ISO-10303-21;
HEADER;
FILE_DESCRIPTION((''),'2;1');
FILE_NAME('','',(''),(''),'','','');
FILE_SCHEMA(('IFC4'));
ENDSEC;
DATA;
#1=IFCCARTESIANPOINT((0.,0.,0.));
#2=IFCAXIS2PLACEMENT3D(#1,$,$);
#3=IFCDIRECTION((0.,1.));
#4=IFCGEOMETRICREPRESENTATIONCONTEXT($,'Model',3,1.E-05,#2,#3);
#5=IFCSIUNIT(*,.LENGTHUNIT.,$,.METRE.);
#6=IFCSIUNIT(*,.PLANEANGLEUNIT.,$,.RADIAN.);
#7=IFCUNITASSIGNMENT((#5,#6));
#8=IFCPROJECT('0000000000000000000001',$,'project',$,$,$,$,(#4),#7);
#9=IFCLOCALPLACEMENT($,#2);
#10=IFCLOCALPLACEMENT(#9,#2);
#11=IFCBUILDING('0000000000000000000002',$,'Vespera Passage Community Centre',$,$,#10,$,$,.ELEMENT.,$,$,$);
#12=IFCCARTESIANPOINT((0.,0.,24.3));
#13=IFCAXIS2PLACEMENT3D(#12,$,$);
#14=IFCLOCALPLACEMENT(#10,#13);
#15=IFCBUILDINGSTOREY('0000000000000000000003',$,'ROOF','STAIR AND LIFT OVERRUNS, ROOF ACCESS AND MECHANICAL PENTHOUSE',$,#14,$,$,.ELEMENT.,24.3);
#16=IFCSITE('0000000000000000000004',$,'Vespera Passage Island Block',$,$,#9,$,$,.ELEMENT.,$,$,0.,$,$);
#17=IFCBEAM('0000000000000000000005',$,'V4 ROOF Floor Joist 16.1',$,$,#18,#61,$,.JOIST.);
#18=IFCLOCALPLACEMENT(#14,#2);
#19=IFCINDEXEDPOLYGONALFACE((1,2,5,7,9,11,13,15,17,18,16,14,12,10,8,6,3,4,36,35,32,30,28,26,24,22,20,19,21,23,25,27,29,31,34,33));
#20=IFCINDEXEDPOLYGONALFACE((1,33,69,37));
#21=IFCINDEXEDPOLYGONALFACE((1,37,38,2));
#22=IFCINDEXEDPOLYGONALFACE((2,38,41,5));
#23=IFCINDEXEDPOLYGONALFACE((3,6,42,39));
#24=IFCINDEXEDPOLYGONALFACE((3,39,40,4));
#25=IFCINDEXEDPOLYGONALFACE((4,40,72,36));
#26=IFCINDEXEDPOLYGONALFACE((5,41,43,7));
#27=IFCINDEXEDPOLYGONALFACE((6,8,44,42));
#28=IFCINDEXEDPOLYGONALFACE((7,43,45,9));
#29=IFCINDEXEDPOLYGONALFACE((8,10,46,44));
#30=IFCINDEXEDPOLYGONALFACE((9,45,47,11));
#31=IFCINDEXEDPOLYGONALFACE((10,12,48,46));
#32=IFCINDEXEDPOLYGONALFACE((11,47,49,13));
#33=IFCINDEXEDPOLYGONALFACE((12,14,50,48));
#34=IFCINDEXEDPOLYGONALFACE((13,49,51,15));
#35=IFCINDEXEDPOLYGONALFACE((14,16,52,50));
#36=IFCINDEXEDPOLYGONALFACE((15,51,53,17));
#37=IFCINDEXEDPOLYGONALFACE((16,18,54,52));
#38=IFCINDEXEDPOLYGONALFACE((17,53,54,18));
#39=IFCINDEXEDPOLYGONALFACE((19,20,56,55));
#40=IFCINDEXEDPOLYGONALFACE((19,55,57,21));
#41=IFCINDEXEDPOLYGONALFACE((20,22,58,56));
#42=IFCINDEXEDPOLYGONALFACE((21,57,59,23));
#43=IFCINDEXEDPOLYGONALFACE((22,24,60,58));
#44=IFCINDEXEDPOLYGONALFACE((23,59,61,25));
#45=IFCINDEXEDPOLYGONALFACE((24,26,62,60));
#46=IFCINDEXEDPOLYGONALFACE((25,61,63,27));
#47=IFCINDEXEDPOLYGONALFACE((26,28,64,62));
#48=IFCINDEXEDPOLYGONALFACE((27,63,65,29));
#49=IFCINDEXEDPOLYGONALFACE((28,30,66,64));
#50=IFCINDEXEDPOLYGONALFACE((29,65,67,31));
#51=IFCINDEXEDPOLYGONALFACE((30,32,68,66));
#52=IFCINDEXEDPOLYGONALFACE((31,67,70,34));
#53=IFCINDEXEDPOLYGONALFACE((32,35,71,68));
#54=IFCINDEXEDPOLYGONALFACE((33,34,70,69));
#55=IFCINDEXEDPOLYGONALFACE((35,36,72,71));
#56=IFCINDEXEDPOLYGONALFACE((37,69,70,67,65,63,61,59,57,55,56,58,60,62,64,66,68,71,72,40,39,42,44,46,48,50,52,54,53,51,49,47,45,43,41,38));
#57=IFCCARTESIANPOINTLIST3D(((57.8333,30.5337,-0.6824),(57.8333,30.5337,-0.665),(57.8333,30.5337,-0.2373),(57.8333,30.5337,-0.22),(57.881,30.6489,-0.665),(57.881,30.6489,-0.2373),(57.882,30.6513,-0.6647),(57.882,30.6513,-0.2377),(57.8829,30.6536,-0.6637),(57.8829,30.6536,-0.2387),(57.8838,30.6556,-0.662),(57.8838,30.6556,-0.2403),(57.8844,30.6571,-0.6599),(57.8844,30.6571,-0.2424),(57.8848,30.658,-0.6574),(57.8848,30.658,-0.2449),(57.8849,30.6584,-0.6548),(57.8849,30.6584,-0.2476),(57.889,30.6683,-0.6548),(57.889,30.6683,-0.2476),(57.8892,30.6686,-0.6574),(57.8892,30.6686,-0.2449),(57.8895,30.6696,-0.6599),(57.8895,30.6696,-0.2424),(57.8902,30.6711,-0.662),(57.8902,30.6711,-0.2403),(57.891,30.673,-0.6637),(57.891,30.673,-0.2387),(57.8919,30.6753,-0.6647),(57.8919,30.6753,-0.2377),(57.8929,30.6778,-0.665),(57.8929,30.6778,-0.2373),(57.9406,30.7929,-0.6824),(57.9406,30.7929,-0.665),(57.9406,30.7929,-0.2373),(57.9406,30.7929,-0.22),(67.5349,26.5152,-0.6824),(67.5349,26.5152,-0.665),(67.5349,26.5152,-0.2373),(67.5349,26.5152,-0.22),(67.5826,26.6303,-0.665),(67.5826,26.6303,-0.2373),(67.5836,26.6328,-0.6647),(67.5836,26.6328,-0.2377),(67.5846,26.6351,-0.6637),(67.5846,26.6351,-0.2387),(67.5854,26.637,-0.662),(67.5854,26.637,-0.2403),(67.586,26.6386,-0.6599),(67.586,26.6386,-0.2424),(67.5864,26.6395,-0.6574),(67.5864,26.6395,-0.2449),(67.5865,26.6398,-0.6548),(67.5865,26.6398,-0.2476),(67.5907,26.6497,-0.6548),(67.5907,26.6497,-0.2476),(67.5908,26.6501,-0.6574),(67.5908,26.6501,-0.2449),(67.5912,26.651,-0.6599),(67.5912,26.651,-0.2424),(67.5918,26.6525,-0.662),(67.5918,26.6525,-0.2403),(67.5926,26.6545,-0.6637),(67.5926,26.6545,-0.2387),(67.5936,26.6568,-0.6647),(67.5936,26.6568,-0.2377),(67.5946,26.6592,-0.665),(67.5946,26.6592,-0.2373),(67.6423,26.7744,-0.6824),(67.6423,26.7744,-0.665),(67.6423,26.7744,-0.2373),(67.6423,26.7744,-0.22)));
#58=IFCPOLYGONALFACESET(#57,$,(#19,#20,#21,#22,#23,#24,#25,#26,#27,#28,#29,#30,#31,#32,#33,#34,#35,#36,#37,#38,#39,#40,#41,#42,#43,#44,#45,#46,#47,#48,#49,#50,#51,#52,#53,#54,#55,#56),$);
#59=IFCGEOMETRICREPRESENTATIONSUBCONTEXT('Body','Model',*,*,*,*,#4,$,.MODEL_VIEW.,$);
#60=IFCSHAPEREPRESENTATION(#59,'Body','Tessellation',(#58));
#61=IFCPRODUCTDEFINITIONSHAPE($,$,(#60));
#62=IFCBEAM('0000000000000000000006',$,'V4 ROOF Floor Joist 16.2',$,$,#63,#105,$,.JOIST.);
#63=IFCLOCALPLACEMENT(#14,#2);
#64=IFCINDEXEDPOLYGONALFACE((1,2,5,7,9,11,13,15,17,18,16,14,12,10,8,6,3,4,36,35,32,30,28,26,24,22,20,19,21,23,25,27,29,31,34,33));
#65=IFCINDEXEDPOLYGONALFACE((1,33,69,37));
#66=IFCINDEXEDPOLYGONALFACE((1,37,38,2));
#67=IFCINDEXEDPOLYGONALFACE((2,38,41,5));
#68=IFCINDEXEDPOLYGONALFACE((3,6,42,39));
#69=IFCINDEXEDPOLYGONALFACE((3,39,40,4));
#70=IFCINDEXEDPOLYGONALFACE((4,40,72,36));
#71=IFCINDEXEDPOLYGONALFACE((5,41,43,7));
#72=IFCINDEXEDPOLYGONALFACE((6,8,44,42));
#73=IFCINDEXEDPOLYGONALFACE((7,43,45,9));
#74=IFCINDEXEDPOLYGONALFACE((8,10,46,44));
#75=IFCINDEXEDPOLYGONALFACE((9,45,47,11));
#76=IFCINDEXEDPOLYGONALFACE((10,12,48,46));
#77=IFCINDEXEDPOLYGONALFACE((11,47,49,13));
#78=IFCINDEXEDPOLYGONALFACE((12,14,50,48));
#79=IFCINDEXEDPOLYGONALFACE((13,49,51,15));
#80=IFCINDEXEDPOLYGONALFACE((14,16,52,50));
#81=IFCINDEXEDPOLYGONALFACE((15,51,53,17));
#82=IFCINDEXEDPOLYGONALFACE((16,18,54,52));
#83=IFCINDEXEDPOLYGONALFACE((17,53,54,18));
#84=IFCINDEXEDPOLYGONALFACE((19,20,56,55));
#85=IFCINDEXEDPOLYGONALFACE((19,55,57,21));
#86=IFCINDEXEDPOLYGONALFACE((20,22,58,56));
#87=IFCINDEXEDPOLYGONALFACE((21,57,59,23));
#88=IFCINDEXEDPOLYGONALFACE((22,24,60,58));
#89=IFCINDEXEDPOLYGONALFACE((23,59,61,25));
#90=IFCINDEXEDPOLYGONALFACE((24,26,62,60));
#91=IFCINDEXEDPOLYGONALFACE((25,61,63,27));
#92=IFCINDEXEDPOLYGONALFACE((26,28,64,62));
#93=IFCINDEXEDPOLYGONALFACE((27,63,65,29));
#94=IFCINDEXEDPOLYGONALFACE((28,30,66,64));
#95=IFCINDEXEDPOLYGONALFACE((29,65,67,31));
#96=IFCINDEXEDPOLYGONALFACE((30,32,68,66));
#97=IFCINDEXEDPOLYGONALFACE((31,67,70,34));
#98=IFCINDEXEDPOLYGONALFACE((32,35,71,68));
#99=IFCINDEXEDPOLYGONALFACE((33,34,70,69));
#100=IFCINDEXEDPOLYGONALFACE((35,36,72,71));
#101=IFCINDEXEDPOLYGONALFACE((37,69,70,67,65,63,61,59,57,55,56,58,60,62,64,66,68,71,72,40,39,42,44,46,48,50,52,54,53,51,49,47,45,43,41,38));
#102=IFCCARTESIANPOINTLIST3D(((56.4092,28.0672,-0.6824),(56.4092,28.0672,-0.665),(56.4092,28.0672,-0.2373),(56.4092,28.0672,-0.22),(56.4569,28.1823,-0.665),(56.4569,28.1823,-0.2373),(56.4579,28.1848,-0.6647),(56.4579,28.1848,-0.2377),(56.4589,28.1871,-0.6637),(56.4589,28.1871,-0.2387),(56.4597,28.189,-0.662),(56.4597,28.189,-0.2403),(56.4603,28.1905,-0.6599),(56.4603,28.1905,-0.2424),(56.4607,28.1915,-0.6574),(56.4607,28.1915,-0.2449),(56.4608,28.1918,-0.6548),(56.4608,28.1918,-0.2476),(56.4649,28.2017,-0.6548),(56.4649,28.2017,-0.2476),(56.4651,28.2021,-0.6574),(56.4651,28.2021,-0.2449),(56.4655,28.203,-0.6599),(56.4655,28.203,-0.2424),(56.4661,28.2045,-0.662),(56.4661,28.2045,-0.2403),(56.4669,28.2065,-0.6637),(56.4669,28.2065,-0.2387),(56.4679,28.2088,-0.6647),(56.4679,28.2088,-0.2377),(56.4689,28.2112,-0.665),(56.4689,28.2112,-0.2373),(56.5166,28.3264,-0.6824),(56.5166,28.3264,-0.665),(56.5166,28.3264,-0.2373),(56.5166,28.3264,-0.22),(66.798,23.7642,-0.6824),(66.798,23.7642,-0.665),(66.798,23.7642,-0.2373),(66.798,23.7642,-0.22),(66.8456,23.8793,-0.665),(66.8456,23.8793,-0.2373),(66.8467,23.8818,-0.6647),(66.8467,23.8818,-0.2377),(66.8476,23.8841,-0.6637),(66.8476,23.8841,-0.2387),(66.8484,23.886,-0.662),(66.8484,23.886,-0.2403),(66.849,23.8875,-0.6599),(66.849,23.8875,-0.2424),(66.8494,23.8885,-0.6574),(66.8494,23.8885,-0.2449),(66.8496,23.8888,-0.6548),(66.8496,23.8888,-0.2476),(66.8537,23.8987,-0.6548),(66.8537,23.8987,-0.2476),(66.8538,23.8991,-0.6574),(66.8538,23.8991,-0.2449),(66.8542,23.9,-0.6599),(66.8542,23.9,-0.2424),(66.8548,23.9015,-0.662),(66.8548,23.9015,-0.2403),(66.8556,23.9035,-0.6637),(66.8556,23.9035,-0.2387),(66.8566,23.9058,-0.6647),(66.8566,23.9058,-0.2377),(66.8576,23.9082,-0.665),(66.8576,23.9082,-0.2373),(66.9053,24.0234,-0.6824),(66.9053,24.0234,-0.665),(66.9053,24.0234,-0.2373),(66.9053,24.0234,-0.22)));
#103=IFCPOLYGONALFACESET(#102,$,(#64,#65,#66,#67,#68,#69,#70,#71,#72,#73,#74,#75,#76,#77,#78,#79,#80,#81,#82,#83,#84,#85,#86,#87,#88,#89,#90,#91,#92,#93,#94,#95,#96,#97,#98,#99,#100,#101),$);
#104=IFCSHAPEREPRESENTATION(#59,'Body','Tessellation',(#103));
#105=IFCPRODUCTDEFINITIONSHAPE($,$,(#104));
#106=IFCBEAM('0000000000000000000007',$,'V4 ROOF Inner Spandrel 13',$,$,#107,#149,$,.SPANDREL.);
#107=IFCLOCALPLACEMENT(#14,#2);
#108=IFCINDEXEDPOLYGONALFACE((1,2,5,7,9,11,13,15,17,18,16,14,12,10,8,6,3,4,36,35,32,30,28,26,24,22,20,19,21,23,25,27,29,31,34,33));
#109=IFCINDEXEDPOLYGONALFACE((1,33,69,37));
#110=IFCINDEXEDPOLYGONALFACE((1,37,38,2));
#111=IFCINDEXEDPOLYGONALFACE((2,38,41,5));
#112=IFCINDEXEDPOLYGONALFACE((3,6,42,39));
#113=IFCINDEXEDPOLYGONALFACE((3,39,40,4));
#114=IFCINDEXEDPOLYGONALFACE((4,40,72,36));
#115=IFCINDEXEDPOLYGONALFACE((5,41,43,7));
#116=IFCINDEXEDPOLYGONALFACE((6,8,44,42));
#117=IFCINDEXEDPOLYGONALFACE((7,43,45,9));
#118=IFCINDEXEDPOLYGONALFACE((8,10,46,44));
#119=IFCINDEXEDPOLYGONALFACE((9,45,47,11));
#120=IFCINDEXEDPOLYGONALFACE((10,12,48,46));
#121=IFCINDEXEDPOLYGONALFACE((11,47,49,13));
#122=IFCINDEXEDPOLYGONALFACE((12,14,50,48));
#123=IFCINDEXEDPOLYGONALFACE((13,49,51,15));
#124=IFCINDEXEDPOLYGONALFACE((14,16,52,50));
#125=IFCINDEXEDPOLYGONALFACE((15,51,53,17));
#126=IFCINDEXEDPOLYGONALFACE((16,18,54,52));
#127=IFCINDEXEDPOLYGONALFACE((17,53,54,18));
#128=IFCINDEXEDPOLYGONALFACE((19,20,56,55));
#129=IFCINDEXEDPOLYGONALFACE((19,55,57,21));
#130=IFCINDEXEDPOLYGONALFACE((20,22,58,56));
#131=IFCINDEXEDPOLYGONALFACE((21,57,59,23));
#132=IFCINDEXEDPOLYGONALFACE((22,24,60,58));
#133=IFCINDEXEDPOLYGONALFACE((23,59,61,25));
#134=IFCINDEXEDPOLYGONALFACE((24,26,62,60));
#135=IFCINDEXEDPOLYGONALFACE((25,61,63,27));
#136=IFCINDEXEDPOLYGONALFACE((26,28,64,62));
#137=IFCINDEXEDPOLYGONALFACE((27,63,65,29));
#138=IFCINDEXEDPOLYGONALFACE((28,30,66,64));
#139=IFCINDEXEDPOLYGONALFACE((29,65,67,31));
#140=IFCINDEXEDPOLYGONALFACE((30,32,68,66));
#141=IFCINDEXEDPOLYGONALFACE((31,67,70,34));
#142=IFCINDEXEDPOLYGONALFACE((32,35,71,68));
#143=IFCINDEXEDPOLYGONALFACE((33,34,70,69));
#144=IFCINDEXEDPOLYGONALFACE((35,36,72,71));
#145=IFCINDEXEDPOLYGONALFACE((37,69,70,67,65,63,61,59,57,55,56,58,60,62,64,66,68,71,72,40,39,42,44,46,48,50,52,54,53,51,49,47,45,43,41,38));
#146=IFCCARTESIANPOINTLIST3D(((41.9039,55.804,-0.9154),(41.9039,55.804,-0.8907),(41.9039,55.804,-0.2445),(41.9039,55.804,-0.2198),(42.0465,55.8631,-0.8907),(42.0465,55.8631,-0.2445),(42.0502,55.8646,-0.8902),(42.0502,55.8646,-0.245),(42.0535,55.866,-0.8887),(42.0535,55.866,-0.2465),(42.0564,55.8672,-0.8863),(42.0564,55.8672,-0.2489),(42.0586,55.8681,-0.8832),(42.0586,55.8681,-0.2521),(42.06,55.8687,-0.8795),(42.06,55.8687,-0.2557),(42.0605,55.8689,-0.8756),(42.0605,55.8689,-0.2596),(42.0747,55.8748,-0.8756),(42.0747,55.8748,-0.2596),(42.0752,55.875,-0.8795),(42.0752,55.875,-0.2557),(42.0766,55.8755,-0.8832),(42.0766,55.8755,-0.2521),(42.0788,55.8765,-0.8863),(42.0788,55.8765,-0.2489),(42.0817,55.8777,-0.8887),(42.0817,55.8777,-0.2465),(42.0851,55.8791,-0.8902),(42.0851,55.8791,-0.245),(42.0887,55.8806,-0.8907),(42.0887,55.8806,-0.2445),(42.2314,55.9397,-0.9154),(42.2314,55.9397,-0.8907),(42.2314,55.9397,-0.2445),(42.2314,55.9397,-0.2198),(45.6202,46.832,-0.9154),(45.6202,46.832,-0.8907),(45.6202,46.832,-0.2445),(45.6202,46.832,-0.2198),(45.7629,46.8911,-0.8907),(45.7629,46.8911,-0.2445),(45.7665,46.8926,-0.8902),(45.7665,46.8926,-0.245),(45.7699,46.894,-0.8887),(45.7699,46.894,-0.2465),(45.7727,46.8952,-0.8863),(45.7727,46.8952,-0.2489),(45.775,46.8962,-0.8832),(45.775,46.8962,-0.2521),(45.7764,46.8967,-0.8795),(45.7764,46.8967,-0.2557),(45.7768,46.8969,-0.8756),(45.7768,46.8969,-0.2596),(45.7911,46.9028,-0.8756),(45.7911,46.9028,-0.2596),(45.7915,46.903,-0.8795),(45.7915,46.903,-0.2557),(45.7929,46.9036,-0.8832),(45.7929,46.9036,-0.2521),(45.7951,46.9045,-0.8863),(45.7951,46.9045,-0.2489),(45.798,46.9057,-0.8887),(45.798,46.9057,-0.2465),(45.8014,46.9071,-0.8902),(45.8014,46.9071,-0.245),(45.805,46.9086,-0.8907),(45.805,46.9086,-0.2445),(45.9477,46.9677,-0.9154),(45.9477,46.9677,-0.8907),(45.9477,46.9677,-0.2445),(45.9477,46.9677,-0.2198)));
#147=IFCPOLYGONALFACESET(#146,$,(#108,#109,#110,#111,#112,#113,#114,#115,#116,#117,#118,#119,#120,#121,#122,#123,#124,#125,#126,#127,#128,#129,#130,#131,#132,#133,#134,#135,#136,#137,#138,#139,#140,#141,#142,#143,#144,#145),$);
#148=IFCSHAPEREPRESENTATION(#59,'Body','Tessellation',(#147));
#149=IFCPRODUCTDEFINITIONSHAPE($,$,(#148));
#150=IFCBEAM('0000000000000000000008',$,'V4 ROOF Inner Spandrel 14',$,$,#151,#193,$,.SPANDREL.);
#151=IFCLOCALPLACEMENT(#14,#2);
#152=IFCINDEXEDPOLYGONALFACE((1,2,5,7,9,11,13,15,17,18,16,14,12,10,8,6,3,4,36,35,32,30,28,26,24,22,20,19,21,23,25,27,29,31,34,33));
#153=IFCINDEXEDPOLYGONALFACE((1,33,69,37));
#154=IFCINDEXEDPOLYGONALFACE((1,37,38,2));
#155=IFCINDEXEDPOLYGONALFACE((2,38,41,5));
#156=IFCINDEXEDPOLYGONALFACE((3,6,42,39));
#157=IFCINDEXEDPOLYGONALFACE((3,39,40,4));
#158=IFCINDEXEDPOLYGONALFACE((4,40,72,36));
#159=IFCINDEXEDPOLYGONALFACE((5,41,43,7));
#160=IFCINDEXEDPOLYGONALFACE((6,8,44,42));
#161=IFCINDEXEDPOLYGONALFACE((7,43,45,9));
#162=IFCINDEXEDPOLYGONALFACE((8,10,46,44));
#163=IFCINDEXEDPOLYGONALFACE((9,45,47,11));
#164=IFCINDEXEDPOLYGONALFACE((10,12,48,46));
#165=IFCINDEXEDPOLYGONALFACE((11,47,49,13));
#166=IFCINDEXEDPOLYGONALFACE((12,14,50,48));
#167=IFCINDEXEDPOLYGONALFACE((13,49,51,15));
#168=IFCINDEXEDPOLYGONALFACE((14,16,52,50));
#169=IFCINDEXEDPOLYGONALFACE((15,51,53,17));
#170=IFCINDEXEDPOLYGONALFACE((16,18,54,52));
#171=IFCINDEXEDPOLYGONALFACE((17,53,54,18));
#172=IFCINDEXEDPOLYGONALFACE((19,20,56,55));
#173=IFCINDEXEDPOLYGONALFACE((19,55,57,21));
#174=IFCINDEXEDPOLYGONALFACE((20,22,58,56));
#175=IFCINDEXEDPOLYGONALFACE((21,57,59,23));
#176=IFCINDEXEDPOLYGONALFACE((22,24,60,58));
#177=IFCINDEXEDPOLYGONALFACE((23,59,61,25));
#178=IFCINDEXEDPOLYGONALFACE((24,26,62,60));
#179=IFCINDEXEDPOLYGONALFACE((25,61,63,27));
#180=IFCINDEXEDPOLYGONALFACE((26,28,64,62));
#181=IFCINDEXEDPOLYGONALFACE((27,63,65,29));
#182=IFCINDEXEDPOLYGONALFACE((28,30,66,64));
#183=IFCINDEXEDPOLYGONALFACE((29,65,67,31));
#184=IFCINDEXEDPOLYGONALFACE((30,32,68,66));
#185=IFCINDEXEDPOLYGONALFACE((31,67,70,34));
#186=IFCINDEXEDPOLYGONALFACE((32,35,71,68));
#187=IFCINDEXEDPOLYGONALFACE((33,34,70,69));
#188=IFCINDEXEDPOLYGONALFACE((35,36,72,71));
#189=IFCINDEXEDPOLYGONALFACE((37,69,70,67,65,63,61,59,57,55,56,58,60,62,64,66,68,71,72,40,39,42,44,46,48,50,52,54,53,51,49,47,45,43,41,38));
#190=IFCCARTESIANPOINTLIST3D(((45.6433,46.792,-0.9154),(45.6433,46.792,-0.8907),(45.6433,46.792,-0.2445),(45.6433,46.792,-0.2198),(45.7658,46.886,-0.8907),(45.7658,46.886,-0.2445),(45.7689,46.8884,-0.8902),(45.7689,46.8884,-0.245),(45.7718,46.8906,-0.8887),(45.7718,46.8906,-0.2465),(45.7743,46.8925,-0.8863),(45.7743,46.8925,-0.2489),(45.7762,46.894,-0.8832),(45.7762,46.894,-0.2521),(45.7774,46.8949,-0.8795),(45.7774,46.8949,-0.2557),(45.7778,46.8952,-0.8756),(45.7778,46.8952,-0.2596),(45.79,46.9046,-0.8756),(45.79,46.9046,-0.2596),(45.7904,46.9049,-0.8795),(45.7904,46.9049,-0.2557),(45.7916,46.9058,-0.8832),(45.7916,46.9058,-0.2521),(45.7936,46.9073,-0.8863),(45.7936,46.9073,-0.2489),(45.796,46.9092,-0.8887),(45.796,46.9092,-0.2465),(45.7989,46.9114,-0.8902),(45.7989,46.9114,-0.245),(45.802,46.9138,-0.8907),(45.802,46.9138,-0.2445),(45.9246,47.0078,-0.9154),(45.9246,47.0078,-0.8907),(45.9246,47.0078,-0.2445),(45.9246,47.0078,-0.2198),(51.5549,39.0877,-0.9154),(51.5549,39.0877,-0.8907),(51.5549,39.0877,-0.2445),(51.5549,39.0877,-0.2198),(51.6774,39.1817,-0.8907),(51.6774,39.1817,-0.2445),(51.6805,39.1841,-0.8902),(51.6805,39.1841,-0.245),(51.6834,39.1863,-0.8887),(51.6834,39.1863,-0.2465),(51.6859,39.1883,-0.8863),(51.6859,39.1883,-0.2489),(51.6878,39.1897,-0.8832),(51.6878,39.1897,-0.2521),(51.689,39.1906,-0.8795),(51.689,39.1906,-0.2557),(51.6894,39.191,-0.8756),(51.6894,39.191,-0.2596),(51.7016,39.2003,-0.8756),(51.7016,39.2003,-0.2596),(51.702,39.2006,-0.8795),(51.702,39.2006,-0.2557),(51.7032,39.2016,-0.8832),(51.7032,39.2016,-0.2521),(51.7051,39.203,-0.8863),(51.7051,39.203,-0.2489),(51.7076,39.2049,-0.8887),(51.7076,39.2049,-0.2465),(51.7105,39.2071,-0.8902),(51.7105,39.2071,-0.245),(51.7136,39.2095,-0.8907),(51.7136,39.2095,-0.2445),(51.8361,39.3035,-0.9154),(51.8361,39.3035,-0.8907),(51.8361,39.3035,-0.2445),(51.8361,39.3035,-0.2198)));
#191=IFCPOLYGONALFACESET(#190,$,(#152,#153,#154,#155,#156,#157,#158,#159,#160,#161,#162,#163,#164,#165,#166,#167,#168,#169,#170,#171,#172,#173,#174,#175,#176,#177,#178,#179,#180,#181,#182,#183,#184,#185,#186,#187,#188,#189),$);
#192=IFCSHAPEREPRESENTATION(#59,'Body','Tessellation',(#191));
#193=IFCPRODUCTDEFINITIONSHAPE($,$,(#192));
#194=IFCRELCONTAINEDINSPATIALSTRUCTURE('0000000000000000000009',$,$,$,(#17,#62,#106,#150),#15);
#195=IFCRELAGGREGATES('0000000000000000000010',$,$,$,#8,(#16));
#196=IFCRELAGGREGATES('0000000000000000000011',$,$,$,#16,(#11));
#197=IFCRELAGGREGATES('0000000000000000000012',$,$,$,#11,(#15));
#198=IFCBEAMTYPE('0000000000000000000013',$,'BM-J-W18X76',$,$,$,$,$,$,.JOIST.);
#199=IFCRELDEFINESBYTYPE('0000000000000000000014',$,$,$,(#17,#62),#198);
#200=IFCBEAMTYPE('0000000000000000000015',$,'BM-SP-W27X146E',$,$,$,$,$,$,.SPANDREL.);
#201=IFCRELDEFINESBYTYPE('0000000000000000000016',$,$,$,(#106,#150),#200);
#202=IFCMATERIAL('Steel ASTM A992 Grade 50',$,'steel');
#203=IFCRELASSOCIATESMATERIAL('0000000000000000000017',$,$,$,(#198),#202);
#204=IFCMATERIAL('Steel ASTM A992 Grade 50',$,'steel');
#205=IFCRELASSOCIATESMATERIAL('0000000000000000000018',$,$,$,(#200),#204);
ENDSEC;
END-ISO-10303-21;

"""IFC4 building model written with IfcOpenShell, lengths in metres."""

from ifc_helpers import new_model, si_unit, direction, frame, origin, origin_2d, place, context, subcontext, project, spatial, i_section, extrude, material, material_profile, profile_set, type_object, element, save


model = new_model("IFC4")

# Units and contexts
model_context = context("Model", 3, precision=1e-05, world=origin(), true_north=direction((0.0, 1.0)))
body_context = subcontext(model_context, "Body", "Model", "MODEL_VIEW")
ifc_project = project(units=[si_unit("LENGTHUNIT", "METRE"), si_unit("PLANEANGLEUNIT", "RADIAN")], contexts=[model_context])

# Site, building, storey
site_placement = place(None, origin())
site = spatial("IfcSite", under=ifc_project, at=site_placement, Name="Vespera Passage Island Block", CompositionType="ELEMENT", RefElevation=0.0)
building_placement = place(site_placement, origin())
building = spatial("IfcBuilding", under=site, at=building_placement, Name="Vespera Passage Community Centre", CompositionType="ELEMENT")
storey_placement = place(building_placement, frame((0.0, 0.0, 24.3)))
storey = spatial("IfcBuildingStorey", under=building, at=storey_placement, Name="ROOF", Description="STAIR AND LIFT OVERRUNS, ROOF ACCESS AND MECHANICAL PENTHOUSE", CompositionType="ELEMENT", Elevation=24.3)

# Beams
ifc_material_1 = material(Name="Steel ASTM A992 Grade 50", Category="steel")
ifc_material_profile_1 = material_profile(ifc_material_1, i_section(OverallWidth=0.2805, OverallDepth=0.4624, WebThickness=0.0107, FlangeThickness=0.0173, FilletRadius=0.0103, at=origin_2d()), Name="W18X76")
ifc_profile_set_1 = profile_set([ifc_material_profile_1], Name="Steel ASTM A992 Grade 50")
beam_type_1 = type_object("IfcBeamType", Name="BM-J-W18X76", PredefinedType="JOIST", material=ifc_profile_set_1)
beam_1_placement = place(storey_placement, frame((57.887, 30.6633, -0.4512), z_axis=(0.92388, -0.382683, 0.0), x_axis=(0.382683, 0.92388, 0.0)))
element("IfcBeam", 1, at=beam_1_placement, inside=storey, type_object=beam_type_1, Name="V4 ROOF Floor Joist 16.1", PredefinedType="JOIST", context=body_context, shape_type="SweptSolid", body=[
    extrude(i_section(OverallWidth=0.2805, OverallDepth=0.4624, WebThickness=0.0107, FlangeThickness=0.0173, FilletRadius=0.0103, at=origin_2d()), origin(), (0.0, 0.0, 1.0), 10.501),
])
beam_2_placement = place(storey_placement, frame((56.4629, 28.1968, -0.4512), z_axis=(0.923884, -0.382672, 0.0), x_axis=(0.382672, 0.923884, 0.0)))
element("IfcBeam", 2, at=beam_2_placement, inside=storey, type_object=beam_type_1, Name="V4 ROOF Floor Joist 16.2", PredefinedType="JOIST", context=body_context, shape_type="SweptSolid", body=[
    extrude(i_section(OverallWidth=0.2805, OverallDepth=0.4624, WebThickness=0.0107, FlangeThickness=0.0173, FilletRadius=0.0103, at=origin_2d()), origin(), (0.0, 0.0, 1.0), 11.2446),
])
ifc_material_2 = material(Name="Steel ASTM A992 Grade 50", Category="steel")
ifc_material_profile_2 = material_profile(ifc_material_2, i_section(OverallWidth=0.3545, OverallDepth=0.6956, WebThickness=0.0154, FlangeThickness=0.0247, FilletRadius=0.0151, at=origin_2d()), Name="W27X146")
ifc_profile_set_2 = profile_set([ifc_material_profile_2], Name="Steel ASTM A992 Grade 50")
beam_type_2 = type_object("IfcBeamType", Name="BM-SP-W27X146E", PredefinedType="SPANDREL", material=ifc_profile_set_2)
beam_3_placement = place(storey_placement, frame((42.0676, 55.8718, -0.5676), z_axis=(0.382685, -0.923879, 0.0), x_axis=(0.923879, 0.382685, 0.0)))
element("IfcBeam", 3, at=beam_3_placement, inside=storey, type_object=beam_type_2, Name="V4 ROOF Inner Spandrel 13", PredefinedType="SPANDREL", context=body_context, shape_type="SweptSolid", body=[
    extrude(i_section(OverallWidth=0.3545, OverallDepth=0.6956, WebThickness=0.0154, FlangeThickness=0.0247, FilletRadius=0.0151, at=origin_2d()), origin(), (0.0, 0.0, 1.0), 9.7112),
])
for number, where, z_axis, x_axis, name in (
    (4, (45.7839, 46.8999, -0.5676), (0.608753, -0.79336, 0.0), (0.79336, 0.608753, 0.0), "V4 ROOF Inner Spandrel 14"),
):
    element("IfcBeam", number, at=place(storey_placement, frame(where, z_axis=z_axis, x_axis=x_axis)), inside=storey, type_object=beam_type_2, Name=name, PredefinedType="SPANDREL", context=body_context, shape_type="SweptSolid", body=[
        extrude(i_section(OverallWidth=0.3545, OverallDepth=0.6956, WebThickness=0.0154, FlangeThickness=0.0247, FilletRadius=0.0151, at=origin_2d()), origin(), (0.0, 0.0, 1.0), 9.7109),
    ])

save(model, "model.ifc")
